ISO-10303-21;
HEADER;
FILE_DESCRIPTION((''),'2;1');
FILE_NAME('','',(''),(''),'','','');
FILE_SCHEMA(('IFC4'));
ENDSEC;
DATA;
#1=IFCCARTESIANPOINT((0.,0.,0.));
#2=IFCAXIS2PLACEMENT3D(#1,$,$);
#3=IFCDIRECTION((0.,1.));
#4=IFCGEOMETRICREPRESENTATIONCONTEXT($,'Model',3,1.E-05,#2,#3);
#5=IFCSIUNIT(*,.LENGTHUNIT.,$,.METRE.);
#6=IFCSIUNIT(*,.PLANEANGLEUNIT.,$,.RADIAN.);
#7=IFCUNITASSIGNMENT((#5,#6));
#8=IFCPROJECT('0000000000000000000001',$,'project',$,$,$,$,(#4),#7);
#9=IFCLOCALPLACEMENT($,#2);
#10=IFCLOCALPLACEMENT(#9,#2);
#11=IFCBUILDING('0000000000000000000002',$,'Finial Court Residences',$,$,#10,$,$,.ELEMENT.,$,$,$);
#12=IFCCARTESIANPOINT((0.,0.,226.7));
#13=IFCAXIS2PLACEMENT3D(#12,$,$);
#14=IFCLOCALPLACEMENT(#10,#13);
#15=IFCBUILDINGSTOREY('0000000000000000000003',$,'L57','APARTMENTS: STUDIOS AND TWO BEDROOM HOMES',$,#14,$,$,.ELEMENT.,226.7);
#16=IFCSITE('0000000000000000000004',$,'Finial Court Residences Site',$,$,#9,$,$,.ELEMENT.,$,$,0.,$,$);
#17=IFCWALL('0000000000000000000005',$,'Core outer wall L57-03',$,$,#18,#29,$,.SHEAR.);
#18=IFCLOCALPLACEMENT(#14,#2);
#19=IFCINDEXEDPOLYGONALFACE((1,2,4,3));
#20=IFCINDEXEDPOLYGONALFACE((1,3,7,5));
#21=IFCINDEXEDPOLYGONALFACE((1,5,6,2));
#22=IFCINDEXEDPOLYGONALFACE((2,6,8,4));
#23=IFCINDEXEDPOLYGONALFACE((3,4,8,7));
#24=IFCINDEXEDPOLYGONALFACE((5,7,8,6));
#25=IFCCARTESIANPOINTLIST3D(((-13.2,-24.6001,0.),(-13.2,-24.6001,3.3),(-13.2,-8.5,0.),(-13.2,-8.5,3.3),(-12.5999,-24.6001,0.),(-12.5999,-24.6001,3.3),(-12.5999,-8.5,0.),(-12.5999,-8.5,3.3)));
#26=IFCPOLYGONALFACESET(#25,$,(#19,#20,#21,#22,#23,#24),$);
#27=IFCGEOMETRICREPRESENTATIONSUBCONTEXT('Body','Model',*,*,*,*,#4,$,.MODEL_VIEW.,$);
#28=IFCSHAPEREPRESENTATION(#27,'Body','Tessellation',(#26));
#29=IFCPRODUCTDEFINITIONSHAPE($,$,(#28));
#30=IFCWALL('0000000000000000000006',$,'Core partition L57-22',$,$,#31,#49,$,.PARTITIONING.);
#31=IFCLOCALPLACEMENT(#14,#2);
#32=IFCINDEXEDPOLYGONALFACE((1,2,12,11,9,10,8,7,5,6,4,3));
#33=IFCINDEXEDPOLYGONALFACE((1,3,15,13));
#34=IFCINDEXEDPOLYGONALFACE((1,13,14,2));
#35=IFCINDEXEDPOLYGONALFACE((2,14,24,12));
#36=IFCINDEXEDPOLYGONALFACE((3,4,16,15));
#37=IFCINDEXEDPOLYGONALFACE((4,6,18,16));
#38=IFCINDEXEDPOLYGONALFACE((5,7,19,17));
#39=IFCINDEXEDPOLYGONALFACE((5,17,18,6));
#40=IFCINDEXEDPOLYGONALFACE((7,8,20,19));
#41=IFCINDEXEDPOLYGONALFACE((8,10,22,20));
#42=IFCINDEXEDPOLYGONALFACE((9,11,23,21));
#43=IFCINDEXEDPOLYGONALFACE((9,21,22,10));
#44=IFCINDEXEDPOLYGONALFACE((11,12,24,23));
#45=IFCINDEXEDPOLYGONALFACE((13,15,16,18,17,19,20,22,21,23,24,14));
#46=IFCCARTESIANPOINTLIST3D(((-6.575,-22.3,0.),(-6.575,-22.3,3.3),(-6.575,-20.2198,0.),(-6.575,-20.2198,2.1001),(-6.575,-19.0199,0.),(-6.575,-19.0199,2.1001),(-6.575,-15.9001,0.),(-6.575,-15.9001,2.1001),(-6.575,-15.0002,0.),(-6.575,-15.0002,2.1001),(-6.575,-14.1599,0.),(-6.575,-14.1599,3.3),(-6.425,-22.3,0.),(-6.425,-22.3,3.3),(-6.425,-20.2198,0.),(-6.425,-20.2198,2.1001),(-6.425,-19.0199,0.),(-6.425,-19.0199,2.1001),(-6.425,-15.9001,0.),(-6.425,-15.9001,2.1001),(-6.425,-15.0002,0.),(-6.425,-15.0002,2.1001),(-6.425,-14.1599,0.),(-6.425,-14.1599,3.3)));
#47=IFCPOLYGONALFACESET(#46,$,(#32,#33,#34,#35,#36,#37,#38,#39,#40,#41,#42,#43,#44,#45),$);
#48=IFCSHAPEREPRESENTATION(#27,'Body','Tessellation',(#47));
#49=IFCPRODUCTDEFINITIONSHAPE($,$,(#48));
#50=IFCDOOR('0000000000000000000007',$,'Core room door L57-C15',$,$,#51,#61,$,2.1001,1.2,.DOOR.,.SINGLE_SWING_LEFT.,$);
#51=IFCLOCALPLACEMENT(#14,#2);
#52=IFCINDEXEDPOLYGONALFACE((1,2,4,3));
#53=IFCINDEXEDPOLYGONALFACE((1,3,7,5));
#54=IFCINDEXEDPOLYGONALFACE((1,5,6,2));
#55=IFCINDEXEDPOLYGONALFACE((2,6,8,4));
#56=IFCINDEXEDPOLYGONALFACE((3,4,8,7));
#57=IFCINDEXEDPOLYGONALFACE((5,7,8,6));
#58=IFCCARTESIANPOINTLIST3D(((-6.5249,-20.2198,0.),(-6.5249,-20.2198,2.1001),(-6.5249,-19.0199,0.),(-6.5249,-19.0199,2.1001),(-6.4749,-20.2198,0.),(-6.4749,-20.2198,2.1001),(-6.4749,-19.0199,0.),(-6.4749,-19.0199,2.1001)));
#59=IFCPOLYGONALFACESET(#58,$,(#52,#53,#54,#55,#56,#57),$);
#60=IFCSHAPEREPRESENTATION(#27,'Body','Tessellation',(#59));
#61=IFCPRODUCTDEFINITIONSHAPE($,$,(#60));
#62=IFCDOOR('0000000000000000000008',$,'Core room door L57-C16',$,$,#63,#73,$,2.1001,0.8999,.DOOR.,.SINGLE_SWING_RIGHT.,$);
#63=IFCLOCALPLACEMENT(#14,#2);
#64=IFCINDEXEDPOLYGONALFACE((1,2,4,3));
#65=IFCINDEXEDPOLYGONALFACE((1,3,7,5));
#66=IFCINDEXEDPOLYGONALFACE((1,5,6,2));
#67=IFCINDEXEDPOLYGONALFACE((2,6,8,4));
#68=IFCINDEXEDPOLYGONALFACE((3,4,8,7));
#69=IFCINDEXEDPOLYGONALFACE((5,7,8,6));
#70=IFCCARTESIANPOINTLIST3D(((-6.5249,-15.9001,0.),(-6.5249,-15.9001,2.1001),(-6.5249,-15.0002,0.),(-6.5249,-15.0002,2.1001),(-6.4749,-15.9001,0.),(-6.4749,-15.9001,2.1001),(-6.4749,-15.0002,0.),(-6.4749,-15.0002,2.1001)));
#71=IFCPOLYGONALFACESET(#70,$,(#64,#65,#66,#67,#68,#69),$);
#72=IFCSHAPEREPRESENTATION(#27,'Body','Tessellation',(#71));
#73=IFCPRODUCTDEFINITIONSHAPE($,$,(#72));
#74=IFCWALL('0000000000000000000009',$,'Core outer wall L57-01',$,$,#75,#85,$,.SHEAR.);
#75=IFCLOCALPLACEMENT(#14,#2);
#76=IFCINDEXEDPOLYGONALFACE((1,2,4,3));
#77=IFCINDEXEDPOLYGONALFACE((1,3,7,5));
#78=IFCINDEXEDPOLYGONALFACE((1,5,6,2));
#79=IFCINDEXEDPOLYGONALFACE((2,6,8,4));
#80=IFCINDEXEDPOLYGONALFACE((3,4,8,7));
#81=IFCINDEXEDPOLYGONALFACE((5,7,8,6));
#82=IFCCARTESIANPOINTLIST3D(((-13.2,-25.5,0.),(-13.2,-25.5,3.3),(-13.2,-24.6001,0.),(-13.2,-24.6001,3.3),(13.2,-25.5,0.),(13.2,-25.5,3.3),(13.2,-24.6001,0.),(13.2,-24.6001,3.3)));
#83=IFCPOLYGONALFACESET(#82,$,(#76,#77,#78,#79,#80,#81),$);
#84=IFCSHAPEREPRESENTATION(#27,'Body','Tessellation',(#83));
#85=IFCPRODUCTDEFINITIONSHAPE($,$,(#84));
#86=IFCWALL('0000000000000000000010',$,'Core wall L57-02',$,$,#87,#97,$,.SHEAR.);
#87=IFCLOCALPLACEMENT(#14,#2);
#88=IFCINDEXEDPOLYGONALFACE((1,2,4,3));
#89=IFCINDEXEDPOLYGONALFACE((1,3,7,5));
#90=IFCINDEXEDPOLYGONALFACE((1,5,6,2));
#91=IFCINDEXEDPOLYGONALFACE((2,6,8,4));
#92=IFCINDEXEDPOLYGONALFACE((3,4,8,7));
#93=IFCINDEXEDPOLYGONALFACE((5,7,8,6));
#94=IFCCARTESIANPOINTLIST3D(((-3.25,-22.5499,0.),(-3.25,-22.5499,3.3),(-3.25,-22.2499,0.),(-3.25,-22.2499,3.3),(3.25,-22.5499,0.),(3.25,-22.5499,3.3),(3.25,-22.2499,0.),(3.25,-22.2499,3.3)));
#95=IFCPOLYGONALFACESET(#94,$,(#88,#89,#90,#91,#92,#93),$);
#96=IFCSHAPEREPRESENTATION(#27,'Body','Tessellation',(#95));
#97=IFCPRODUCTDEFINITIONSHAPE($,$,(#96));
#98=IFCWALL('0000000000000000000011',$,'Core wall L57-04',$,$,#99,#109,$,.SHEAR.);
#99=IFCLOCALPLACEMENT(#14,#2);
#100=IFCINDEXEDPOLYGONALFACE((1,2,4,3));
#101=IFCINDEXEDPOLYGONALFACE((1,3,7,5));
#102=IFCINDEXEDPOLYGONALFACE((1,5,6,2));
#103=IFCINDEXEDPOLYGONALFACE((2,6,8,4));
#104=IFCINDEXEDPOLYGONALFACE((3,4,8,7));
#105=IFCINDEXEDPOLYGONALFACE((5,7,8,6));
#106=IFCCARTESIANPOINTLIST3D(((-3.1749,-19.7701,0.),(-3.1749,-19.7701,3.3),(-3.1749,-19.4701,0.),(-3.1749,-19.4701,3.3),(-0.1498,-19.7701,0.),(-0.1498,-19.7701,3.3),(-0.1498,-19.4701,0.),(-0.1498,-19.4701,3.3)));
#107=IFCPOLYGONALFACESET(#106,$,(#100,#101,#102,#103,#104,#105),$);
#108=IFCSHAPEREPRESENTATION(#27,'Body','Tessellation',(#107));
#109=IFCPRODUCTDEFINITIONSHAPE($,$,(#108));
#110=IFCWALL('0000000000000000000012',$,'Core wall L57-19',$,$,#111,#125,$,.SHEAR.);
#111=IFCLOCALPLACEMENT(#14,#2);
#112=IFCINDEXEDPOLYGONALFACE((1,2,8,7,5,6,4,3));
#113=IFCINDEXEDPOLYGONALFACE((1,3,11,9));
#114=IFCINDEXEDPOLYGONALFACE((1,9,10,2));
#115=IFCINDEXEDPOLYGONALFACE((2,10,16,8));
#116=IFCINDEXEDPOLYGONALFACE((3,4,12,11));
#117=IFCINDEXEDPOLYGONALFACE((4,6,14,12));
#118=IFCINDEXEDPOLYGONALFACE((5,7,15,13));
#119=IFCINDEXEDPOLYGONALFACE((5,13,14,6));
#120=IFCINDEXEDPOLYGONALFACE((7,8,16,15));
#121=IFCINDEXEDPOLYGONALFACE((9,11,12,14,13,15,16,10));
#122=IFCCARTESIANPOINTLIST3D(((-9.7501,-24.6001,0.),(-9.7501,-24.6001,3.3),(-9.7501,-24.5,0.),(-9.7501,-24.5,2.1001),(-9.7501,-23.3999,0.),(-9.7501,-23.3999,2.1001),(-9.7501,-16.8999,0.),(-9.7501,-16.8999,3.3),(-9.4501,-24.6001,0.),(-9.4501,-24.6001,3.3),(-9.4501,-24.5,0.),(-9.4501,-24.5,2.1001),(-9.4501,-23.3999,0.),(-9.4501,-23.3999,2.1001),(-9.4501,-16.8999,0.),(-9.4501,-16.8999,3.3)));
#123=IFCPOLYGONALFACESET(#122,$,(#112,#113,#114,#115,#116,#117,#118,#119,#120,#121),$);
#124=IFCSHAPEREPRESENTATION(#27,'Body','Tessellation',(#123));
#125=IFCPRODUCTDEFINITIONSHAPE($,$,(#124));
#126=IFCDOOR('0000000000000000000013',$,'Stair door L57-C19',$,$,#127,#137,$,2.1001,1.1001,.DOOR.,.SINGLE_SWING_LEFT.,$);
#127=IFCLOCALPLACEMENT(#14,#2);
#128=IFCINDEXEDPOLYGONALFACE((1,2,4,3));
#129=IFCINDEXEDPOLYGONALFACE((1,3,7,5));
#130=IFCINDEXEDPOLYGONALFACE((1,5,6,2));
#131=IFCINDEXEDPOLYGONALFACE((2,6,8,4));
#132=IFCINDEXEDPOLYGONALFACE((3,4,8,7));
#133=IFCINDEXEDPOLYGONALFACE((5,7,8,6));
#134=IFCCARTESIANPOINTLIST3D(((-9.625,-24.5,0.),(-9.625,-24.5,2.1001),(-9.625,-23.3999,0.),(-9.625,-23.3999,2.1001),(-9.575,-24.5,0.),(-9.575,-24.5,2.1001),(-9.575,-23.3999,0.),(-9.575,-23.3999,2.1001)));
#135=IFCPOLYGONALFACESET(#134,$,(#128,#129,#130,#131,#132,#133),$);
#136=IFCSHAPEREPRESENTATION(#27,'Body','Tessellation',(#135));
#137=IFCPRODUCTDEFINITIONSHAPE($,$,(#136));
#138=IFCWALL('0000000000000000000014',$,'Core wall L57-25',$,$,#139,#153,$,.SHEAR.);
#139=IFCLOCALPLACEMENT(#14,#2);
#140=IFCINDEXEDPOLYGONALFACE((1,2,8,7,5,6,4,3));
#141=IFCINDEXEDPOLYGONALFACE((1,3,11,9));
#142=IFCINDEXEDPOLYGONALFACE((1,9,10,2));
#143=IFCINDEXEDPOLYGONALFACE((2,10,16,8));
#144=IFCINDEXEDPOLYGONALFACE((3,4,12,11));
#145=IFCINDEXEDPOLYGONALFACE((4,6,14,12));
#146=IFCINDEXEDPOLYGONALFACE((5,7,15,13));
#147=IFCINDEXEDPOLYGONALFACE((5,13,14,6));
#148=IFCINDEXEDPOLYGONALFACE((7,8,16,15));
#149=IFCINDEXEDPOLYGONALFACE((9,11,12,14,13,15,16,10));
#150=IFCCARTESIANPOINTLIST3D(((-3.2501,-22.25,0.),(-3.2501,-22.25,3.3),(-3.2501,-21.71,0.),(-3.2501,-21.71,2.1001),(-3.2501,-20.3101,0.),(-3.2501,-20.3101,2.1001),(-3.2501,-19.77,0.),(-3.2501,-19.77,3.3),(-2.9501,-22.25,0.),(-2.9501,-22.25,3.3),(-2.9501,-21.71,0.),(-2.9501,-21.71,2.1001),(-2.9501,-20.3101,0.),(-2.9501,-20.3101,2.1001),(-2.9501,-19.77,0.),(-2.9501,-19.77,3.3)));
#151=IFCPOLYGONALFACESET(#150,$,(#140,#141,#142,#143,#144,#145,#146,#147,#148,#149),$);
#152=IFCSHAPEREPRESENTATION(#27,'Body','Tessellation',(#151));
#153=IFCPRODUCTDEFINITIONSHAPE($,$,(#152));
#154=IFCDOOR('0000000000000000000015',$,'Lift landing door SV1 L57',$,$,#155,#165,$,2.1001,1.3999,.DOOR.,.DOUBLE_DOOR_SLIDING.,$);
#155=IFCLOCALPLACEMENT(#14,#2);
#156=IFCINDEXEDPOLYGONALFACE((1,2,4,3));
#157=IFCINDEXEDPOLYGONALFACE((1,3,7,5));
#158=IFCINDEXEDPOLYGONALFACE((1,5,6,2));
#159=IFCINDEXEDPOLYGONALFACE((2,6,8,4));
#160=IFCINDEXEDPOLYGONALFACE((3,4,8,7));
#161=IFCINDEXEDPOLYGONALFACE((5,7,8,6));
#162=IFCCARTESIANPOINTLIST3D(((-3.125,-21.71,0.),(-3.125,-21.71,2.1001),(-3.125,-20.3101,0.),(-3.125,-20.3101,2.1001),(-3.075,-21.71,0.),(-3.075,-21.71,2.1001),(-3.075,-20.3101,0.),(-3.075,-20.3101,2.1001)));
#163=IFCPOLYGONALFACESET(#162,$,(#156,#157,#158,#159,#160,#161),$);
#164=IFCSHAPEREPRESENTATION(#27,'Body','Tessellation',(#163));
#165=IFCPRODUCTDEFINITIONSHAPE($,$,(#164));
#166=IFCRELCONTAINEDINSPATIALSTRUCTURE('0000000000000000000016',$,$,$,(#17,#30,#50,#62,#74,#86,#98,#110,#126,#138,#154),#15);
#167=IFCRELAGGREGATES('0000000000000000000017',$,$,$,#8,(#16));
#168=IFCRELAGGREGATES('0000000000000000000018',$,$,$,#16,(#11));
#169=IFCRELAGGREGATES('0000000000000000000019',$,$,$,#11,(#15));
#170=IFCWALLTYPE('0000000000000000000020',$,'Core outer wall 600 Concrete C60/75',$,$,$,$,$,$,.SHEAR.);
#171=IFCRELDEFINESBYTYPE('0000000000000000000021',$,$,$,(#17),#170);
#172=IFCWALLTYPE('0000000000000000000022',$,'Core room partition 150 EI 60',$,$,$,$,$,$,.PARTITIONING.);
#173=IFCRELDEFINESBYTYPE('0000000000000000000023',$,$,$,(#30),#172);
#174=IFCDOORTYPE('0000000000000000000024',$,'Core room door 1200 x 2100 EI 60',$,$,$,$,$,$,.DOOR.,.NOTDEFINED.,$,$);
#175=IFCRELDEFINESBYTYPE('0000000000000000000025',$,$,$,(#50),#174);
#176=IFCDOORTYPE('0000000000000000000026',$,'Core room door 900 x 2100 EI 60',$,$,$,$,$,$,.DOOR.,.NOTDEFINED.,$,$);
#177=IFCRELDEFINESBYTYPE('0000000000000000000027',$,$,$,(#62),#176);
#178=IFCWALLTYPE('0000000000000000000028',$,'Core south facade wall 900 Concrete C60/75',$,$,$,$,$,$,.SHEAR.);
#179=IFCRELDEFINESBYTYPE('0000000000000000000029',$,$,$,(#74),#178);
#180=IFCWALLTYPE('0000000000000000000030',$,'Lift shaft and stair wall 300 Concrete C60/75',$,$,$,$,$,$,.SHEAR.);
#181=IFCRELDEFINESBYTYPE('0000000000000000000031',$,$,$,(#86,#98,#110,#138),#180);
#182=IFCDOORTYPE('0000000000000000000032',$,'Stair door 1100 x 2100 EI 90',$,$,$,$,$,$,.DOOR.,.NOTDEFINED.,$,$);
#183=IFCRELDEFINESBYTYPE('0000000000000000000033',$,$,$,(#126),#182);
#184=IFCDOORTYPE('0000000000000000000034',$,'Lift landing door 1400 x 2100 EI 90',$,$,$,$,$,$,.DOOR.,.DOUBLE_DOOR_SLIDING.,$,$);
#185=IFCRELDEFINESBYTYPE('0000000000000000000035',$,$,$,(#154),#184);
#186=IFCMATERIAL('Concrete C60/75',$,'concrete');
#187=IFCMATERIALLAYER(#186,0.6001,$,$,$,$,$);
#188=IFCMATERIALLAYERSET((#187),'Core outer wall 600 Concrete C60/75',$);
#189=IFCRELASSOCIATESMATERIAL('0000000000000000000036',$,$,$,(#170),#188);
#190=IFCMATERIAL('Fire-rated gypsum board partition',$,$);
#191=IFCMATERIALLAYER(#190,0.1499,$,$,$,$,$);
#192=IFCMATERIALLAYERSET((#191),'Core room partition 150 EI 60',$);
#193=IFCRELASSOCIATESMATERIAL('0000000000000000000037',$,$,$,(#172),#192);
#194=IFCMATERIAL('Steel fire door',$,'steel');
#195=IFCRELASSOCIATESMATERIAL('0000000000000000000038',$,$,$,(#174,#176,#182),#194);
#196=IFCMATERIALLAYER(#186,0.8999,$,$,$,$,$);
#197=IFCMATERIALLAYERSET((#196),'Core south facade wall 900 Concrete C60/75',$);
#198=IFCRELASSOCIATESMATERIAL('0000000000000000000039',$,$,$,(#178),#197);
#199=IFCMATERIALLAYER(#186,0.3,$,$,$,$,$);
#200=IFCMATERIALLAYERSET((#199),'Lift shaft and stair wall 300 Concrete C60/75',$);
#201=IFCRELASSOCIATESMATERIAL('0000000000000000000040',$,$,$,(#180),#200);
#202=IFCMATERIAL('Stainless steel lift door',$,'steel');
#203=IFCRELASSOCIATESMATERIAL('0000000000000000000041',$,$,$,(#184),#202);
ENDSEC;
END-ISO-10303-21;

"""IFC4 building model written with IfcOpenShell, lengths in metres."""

from ifc_helpers import new_model, si_unit, direction, frame, frame_2d, origin, place, context, subcontext, project, spatial, rectangle, extrude, material, layer, layer_set, type_object, element, fill, save


model = new_model("IFC4")

# Units and contexts
model_context = context("Model", 3, precision=1e-05, world=origin(), true_north=direction((0.0, 1.0)))
body_context = subcontext(model_context, "Body", "Model", "MODEL_VIEW")
ifc_project = project(units=[si_unit("LENGTHUNIT", "METRE"), si_unit("PLANEANGLEUNIT", "RADIAN")], contexts=[model_context])

# Site, building, storey
site_placement = place(None, origin())
site = spatial("IfcSite", under=ifc_project, at=site_placement, Name="Finial Court Residences Site", CompositionType="ELEMENT", RefElevation=0.0)
building_placement = place(site_placement, origin())
building = spatial("IfcBuilding", under=site, at=building_placement, Name="Finial Court Residences", CompositionType="ELEMENT")
storey_placement = place(building_placement, frame((0.0, 0.0, 226.7)))
storey = spatial("IfcBuildingStorey", under=building, at=storey_placement, Name="L57", Description="APARTMENTS: STUDIOS AND TWO BEDROOM HOMES", CompositionType="ELEMENT", Elevation=226.7)

# Wall
ifc_material_1 = material(Name="Concrete C60/75", Category="concrete")
ifc_layer_1 = layer(ifc_material_1, 0.6001)
ifc_layer_set_1 = layer_set([ifc_layer_1], Name="Core outer wall 600 Concrete C60/75")
wall_type_1 = type_object("IfcWallType", Name="Core outer wall 600 Concrete C60/75", PredefinedType="SHEAR", material=ifc_layer_set_1)
wall_1_placement = place(storey_placement, frame((-12.8999, -24.6001, 0.0), z_axis=(0.0, 0.0, 1.0), x_axis=(0.0, 1.0, 0.0)))
element("IfcWall", 1, at=wall_1_placement, inside=storey, type_object=wall_type_1, Name="Core outer wall L57-03", PredefinedType="SHEAR", context=body_context, shape_type="SweptSolid", body=[
    extrude(rectangle(XDim=16.1001, YDim=0.6001, at=frame_2d((8.05, 0.0))), origin(), (0.0, 0.0, 1.0), 3.3),
])

# Wall, openings, doors
ifc_material_2 = material(Name="Fire-rated gypsum board partition")
ifc_layer_2 = layer(ifc_material_2, 0.1499)
ifc_layer_set_2 = layer_set([ifc_layer_2], Name="Core room partition 150 EI 60")
wall_type_2 = type_object("IfcWallType", Name="Core room partition 150 EI 60", PredefinedType="PARTITIONING", material=ifc_layer_set_2)
wall_2_placement = place(storey_placement, frame((-6.5, -22.3, 0.0), z_axis=(0.0, 0.0, 1.0), x_axis=(0.0, 1.0, 0.0)))
wall_2 = element("IfcWall", 2, at=wall_2_placement, inside=storey, type_object=wall_type_2, Name="Core partition L57-22", PredefinedType="PARTITIONING", context=body_context, shape_type="SweptSolid", body=[
    extrude(rectangle(XDim=8.1401, YDim=0.1499, at=frame_2d((4.0701, 0.0))), origin(), (0.0, 0.0, 1.0), 3.3),
])
opening_1_placement = place(wall_2_placement, frame((2.0801, 0.0, 0.0)))
opening_1 = element("IfcOpeningElement", 3, at=opening_1_placement, cuts=wall_2, PredefinedType="OPENING", context=body_context, shape_type="SweptSolid", body=[
    extrude(rectangle(XDim=1.2, YDim=2.1001, at=frame_2d((0.6001, 1.05))), frame((0.0, 0.085, 0.0), z_axis=(0.0, -1.0, 0.0), x_axis=(1.0, 0.0, 0.0)), (0.0, 0.0, 1.0), 0.1699),
])
opening_2_placement = place(wall_2_placement, frame((6.3999, 0.0, 0.0)))
opening_2 = element("IfcOpeningElement", 4, at=opening_2_placement, cuts=wall_2, PredefinedType="OPENING", context=body_context, shape_type="SweptSolid", body=[
    extrude(rectangle(XDim=0.8999, YDim=2.1001, at=frame_2d((0.45, 1.05))), frame((0.0, 0.085, 0.0), z_axis=(0.0, -1.0, 0.0), x_axis=(1.0, 0.0, 0.0)), (0.0, 0.0, 1.0), 0.1699),
])
ifc_material_3 = material(Name="Steel fire door", Category="steel")
door_type_1 = type_object("IfcDoorType", Name="Core room door 1200 x 2100 EI 60", OperationType="NOTDEFINED", PredefinedType="DOOR", material=ifc_material_3)
door_1_placement = place(opening_1_placement, origin())
door_1 = element("IfcDoor", 5, at=door_1_placement, inside=storey, type_object=door_type_1, Name="Core room door L57-C15", OperationType="SINGLE_SWING_LEFT", OverallHeight=2.1001, OverallWidth=1.2, PredefinedType="DOOR", context=body_context, shape_type="SweptSolid", body=[
    extrude(rectangle(XDim=1.2, YDim=2.1001, at=frame_2d((0.6001, 1.05))), frame((0.0, 0.0249, 0.0), z_axis=(0.0, -1.0, 0.0), x_axis=(1.0, 0.0, 0.0)), (0.0, 0.0, 1.0), 0.05),
])
fill(opening_1, door_1)
door_type_2 = type_object("IfcDoorType", Name="Core room door 900 x 2100 EI 60", OperationType="NOTDEFINED", PredefinedType="DOOR", material=ifc_material_3)
door_2_placement = place(opening_2_placement, origin())
door_2 = element("IfcDoor", 6, at=door_2_placement, inside=storey, type_object=door_type_2, Name="Core room door L57-C16", OperationType="SINGLE_SWING_RIGHT", OverallHeight=2.1001, OverallWidth=0.8999, PredefinedType="DOOR", context=body_context, shape_type="SweptSolid", body=[
    extrude(rectangle(XDim=0.8999, YDim=2.1001, at=frame_2d((0.45, 1.05))), frame((0.0, 0.0249, 0.0), z_axis=(0.0, -1.0, 0.0), x_axis=(1.0, 0.0, 0.0)), (0.0, 0.0, 1.0), 0.05),
])
fill(opening_2, door_2)

# Walls
ifc_layer_3 = layer(ifc_material_1, 0.8999)
ifc_layer_set_3 = layer_set([ifc_layer_3], Name="Core south facade wall 900 Concrete C60/75")
wall_type_3 = type_object("IfcWallType", Name="Core south facade wall 900 Concrete C60/75", PredefinedType="SHEAR", material=ifc_layer_set_3)
wall_3_placement = place(storey_placement, frame((-13.2, -25.05, 0.0), z_axis=(0.0, 0.0, 1.0), x_axis=(1.0, 0.0, 0.0)))
element("IfcWall", 7, at=wall_3_placement, inside=storey, type_object=wall_type_3, Name="Core outer wall L57-01", PredefinedType="SHEAR", context=body_context, shape_type="SweptSolid", body=[
    extrude(rectangle(XDim=26.3999, YDim=0.8999, at=frame_2d((13.2, 0.0))), origin(), (0.0, 0.0, 1.0), 3.3),
])
ifc_layer_4 = layer(ifc_material_1, 0.3)
ifc_layer_set_4 = layer_set([ifc_layer_4], Name="Lift shaft and stair wall 300 Concrete C60/75")
wall_type_4 = type_object("IfcWallType", Name="Lift shaft and stair wall 300 Concrete C60/75", PredefinedType="SHEAR", material=ifc_layer_set_4)
wall_4_placement = place(storey_placement, frame((-3.25, -22.3999, 0.0), z_axis=(0.0, 0.0, 1.0), x_axis=(1.0, 0.0, 0.0)))
element("IfcWall", 8, at=wall_4_placement, inside=storey, type_object=wall_type_4, Name="Core wall L57-02", PredefinedType="SHEAR", context=body_context, shape_type="SweptSolid", body=[
    extrude(rectangle(XDim=6.5, YDim=0.3, at=frame_2d((3.25, 0.0))), origin(), (0.0, 0.0, 1.0), 3.3),
])
wall_5_placement = place(storey_placement, frame((-3.175, -19.6201, 0.0), z_axis=(0.0, 0.0, 1.0), x_axis=(1.0, 0.0, 0.0)))
element("IfcWall", 9, at=wall_5_placement, inside=storey, type_object=wall_type_4, Name="Core wall L57-04", PredefinedType="SHEAR", context=body_context, shape_type="SweptSolid", body=[
    extrude(rectangle(XDim=3.0251, YDim=0.3, at=frame_2d((1.5127, 0.0))), origin(), (0.0, 0.0, 1.0), 3.3),
])

# Walls, openings, doors
wall_6_placement = place(storey_placement, frame((-9.6001, -24.6001, 0.0), z_axis=(0.0, 0.0, 1.0), x_axis=(0.0, 1.0, 0.0)))
wall_6 = element("IfcWall", 10, at=wall_6_placement, inside=storey, type_object=wall_type_4, Name="Core wall L57-19", PredefinedType="SHEAR", context=body_context, shape_type="SweptSolid", body=[
    extrude(rectangle(XDim=7.7002, YDim=0.3, at=frame_2d((3.8501, 0.0))), origin(), (0.0, 0.0, 1.0), 3.3),
])
opening_3_placement = place(wall_6_placement, frame((0.1001, 0.0, 0.0)))
opening_3 = element("IfcOpeningElement", 11, at=opening_3_placement, cuts=wall_6, PredefinedType="OPENING", context=body_context, shape_type="SweptSolid", body=[
    extrude(rectangle(XDim=1.1001, YDim=2.1001, at=frame_2d((0.55, 1.05))), frame((0.0, 0.1599, 0.0), z_axis=(0.0, -1.0, 0.0), x_axis=(1.0, 0.0, 0.0)), (0.0, 0.0, 1.0), 0.3201),
])
door_type_3 = type_object("IfcDoorType", Name="Stair door 1100 x 2100 EI 90", OperationType="NOTDEFINED", PredefinedType="DOOR", material=ifc_material_3)
door_3_placement = place(opening_3_placement, origin())
door_3 = element("IfcDoor", 12, at=door_3_placement, inside=storey, type_object=door_type_3, Name="Stair door L57-C19", OperationType="SINGLE_SWING_LEFT", OverallHeight=2.1001, OverallWidth=1.1001, PredefinedType="DOOR", context=body_context, shape_type="SweptSolid", body=[
    extrude(rectangle(XDim=1.1001, YDim=2.1001, at=frame_2d((0.55, 1.05))), frame((0.0, 0.0249, 0.0), z_axis=(0.0, -1.0, 0.0), x_axis=(1.0, 0.0, 0.0)), (0.0, 0.0, 1.0), 0.05),
])
fill(opening_3, door_3)
wall_7_placement = place(storey_placement, frame((-3.1001, -22.25, 0.0), z_axis=(0.0, 0.0, 1.0), x_axis=(0.0, 1.0, 0.0)))
wall_7 = element("IfcWall", 13, at=wall_7_placement, inside=storey, type_object=wall_type_4, Name="Core wall L57-25", PredefinedType="SHEAR", context=body_context, shape_type="SweptSolid", body=[
    extrude(rectangle(XDim=2.48, YDim=0.3, at=frame_2d((1.24, 0.0))), origin(), (0.0, 0.0, 1.0), 3.3),
])
opening_4_placement = place(wall_7_placement, frame((0.54, 0.0, 0.0)))
opening_4 = element("IfcOpeningElement", 14, at=opening_4_placement, cuts=wall_7, PredefinedType="OPENING", context=body_context, shape_type="SweptSolid", body=[
    extrude(rectangle(XDim=1.3999, YDim=2.1001, at=frame_2d((0.7, 1.05))), frame((0.0, 0.1599, 0.0), z_axis=(0.0, -1.0, 0.0), x_axis=(1.0, 0.0, 0.0)), (0.0, 0.0, 1.0), 0.3201),
])
ifc_material_4 = material(Name="Stainless steel lift door", Category="steel")
door_type_4 = type_object("IfcDoorType", Name="Lift landing door 1400 x 2100 EI 90", OperationType="DOUBLE_DOOR_SLIDING", PredefinedType="DOOR", material=ifc_material_4)
door_4_placement = place(opening_4_placement, origin())
door_4 = element("IfcDoor", 15, at=door_4_placement, inside=storey, type_object=door_type_4, Name="Lift landing door SV1 L57", OperationType="DOUBLE_DOOR_SLIDING", OverallHeight=2.1001, OverallWidth=1.3999, PredefinedType="DOOR", context=body_context, shape_type="SweptSolid", body=[
    extrude(rectangle(XDim=1.3999, YDim=2.1001, at=frame_2d((0.7, 1.05))), frame((0.0, 0.0249, 0.0), z_axis=(0.0, -1.0, 0.0), x_axis=(1.0, 0.0, 0.0)), (0.0, 0.0, 1.0), 0.05),
])
fill(opening_4, door_4)

save(model, "model.ifc")
